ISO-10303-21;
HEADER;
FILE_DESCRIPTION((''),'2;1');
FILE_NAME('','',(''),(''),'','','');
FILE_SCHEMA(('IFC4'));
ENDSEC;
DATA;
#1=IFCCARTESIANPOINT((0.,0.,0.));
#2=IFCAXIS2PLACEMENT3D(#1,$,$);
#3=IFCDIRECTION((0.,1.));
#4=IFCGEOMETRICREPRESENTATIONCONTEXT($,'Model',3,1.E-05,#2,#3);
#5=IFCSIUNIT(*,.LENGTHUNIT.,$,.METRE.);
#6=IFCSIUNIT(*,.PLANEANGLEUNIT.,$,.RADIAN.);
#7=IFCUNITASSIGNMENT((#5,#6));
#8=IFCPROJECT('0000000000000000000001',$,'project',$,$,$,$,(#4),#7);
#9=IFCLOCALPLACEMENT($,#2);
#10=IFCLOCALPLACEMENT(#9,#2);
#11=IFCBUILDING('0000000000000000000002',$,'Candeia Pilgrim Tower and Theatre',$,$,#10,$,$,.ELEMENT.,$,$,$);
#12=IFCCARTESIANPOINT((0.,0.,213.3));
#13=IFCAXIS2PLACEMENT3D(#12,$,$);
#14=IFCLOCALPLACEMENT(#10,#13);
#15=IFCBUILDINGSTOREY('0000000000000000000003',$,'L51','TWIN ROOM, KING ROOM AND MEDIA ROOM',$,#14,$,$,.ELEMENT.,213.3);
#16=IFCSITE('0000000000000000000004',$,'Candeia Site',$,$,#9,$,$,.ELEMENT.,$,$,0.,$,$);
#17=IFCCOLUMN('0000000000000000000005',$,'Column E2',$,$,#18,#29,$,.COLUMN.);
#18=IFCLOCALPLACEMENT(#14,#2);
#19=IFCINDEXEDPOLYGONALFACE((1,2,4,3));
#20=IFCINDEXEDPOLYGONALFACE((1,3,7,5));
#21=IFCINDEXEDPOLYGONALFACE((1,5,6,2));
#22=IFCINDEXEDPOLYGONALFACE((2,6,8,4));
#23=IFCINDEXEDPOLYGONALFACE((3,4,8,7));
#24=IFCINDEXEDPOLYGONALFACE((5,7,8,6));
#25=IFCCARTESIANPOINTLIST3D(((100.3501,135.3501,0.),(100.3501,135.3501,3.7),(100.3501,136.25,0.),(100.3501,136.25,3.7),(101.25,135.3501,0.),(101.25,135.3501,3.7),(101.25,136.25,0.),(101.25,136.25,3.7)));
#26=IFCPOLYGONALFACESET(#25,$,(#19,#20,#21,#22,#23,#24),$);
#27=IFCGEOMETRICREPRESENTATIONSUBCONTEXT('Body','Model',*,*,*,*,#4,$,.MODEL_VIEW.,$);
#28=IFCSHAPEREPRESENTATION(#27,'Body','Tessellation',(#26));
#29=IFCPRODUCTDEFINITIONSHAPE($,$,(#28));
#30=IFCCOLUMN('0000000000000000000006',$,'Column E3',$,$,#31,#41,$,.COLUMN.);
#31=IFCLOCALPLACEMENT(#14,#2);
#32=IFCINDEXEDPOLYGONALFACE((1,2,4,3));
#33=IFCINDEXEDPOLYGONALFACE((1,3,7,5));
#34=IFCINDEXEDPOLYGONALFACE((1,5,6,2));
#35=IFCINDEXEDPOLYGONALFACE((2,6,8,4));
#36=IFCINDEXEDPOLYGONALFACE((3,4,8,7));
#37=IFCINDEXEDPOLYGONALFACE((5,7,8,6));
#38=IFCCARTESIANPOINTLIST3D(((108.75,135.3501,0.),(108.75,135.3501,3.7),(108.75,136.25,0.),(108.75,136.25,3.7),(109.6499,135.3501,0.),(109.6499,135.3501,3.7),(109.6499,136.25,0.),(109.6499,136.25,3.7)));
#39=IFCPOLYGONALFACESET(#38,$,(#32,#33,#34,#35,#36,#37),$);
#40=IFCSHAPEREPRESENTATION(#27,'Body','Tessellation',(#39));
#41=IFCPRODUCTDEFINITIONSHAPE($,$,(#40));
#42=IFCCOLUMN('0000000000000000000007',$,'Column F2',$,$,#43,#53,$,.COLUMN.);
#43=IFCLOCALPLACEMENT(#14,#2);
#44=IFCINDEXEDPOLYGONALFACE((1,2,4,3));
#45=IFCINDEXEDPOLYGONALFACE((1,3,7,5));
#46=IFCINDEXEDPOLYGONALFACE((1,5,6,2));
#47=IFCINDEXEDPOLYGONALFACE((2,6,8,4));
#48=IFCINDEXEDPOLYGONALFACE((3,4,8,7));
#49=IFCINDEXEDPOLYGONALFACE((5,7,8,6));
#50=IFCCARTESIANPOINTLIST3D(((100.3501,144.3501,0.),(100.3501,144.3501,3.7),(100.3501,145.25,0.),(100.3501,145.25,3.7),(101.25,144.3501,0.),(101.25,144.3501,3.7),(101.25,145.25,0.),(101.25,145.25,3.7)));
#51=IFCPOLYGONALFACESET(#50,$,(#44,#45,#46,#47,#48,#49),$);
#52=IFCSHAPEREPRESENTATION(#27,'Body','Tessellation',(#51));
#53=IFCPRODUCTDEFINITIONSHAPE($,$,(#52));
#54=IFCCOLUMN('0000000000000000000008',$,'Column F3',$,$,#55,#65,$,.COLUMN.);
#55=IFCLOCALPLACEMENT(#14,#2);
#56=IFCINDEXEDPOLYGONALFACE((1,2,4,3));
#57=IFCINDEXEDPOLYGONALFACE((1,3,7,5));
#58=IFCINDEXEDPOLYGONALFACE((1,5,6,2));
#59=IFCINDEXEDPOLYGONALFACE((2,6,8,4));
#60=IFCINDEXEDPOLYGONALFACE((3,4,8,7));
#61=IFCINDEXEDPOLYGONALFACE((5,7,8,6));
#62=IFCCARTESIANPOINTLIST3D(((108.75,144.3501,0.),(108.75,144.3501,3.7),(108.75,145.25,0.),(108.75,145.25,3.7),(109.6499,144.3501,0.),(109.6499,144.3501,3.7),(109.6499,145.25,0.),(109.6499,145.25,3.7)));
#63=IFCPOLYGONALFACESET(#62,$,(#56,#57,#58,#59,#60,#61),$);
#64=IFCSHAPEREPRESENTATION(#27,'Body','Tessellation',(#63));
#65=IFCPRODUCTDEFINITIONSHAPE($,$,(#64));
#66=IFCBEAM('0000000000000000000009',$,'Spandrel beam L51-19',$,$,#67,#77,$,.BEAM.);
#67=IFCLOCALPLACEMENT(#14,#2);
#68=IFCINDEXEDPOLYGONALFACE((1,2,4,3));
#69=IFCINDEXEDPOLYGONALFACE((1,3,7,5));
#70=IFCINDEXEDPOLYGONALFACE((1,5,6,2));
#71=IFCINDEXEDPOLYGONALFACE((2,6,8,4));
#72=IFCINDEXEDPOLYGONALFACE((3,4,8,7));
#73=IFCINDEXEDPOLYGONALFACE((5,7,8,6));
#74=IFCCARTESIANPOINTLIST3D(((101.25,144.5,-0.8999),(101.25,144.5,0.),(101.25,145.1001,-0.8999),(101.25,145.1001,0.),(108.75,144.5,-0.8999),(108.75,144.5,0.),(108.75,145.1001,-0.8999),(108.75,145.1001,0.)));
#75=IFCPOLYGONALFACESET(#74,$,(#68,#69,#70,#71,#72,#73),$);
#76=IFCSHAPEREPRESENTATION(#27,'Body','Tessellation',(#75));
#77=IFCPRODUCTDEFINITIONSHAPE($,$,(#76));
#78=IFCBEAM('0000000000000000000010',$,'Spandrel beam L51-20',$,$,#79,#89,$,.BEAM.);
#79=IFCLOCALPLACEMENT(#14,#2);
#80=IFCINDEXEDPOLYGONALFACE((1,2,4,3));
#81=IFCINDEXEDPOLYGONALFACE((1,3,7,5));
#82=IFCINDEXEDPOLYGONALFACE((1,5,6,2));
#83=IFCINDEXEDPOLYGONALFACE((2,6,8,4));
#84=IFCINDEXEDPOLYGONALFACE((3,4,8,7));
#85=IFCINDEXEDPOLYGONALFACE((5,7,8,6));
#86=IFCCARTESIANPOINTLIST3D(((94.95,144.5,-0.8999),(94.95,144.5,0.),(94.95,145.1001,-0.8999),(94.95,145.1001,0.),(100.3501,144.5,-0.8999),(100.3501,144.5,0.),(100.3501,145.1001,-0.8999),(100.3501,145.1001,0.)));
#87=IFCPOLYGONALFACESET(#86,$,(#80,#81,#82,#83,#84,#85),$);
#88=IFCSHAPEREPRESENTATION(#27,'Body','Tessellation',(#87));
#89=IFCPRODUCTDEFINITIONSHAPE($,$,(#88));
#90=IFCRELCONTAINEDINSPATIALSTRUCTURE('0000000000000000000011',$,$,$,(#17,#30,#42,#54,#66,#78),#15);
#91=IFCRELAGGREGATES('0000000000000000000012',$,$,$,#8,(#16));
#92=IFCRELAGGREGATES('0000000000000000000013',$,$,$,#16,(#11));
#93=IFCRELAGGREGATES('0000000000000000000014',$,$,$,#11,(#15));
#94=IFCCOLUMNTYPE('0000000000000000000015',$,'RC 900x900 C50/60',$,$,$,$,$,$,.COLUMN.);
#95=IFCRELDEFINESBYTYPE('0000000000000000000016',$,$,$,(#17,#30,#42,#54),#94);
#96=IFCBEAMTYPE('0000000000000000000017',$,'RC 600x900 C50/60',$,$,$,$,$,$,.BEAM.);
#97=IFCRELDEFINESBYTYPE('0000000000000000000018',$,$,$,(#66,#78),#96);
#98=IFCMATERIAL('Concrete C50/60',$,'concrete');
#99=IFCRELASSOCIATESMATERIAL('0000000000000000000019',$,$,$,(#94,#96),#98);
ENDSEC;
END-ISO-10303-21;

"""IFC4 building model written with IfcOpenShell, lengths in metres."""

from ifc_helpers import new_model, si_unit, direction, frame, origin, origin_2d, place, context, subcontext, project, spatial, rectangle, extrude, material, material_profile, profile_set, type_object, element, save


model = new_model("IFC4")

# Units and contexts
model_context = context("Model", 3, precision=1e-05, world=origin(), true_north=direction((0.0, 1.0)))
body_context = subcontext(model_context, "Body", "Model", "MODEL_VIEW")
ifc_project = project(units=[si_unit("LENGTHUNIT", "METRE"), si_unit("PLANEANGLEUNIT", "RADIAN")], contexts=[model_context])

# Site, building, storey
site_placement = place(None, origin())
site = spatial("IfcSite", under=ifc_project, at=site_placement, Name="Candeia Site", CompositionType="ELEMENT", RefElevation=0.0)
building_placement = place(site_placement, origin())
building = spatial("IfcBuilding", under=site, at=building_placement, Name="Candeia Pilgrim Tower and Theatre", CompositionType="ELEMENT")
storey_placement = place(building_placement, frame((0.0, 0.0, 213.3)))
storey = spatial("IfcBuildingStorey", under=building, at=storey_placement, Name="L51", Description="TWIN ROOM, KING ROOM AND MEDIA ROOM", CompositionType="ELEMENT", Elevation=213.3)

# Columns
ifc_material_1 = material(Name="Concrete C50/60", Category="concrete")
ifc_material_profile_1 = material_profile(ifc_material_1, rectangle(XDim=0.8999, YDim=0.8999, at=origin_2d()))
ifc_profile_set_1 = profile_set([ifc_material_profile_1], Name="Concrete C50/60")
column_type = type_object("IfcColumnType", Name="RC 900x900 C50/60", PredefinedType="COLUMN", material=ifc_profile_set_1)
for number, where, z_axis, x_axis, name in (
    (1, (100.8, 135.8, 0.0), (0.0, 0.0, 1.0), (1.0, 0.0, 0.0), "Column E2"),
    (2, (109.2, 135.8, 0.0), (0.0, 0.0, 1.0), (1.0, 0.0, 0.0), "Column E3"),
    (3, (100.8, 144.8, 0.0), (0.0, 0.0, 1.0), (1.0, 0.0, 0.0), "Column F2"),
    (4, (109.2, 144.8, 0.0), (0.0, 0.0, 1.0), (1.0, 0.0, 0.0), "Column F3"),
):
    element("IfcColumn", number, at=place(storey_placement, frame(where, z_axis=z_axis, x_axis=x_axis)), inside=storey, type_object=column_type, Name=name, PredefinedType="COLUMN", context=body_context, shape_type="SweptSolid", body=[
        extrude(rectangle(XDim=0.8999, YDim=0.8999, at=origin_2d()), origin(), (0.0, 0.0, 1.0), 3.7),
    ])

# Beams
ifc_material_profile_2 = material_profile(ifc_material_1, rectangle(XDim=0.6001, YDim=0.8999, at=origin_2d()))
ifc_profile_set_2 = profile_set([ifc_material_profile_2], Name="Concrete C50/60")
beam_type = type_object("IfcBeamType", Name="RC 600x900 C50/60", PredefinedType="BEAM", material=ifc_profile_set_2)
beam_1_placement = place(storey_placement, frame((108.75, 144.8, -0.45), z_axis=(-1.0, 0.0, 0.0), x_axis=(0.0, -1.0, 0.0)))
element("IfcBeam", 5, at=beam_1_placement, inside=storey, type_object=beam_type, Name="Spandrel beam L51-19", PredefinedType="BEAM", context=body_context, shape_type="SweptSolid", body=[
    extrude(rectangle(XDim=0.6001, YDim=0.8999, at=origin_2d()), origin(), (0.0, 0.0, 1.0), 7.5),
])
beam_2_placement = place(storey_placement, frame((100.3501, 144.8, -0.45), z_axis=(-1.0, 0.0, 0.0), x_axis=(0.0, -1.0, 0.0)))
element("IfcBeam", 6, at=beam_2_placement, inside=storey, type_object=beam_type, Name="Spandrel beam L51-20", PredefinedType="BEAM", context=body_context, shape_type="SweptSolid", body=[
    extrude(rectangle(XDim=0.6001, YDim=0.8999, at=origin_2d()), origin(), (0.0, 0.0, 1.0), 5.4001),
])

save(model, "model.ifc")
